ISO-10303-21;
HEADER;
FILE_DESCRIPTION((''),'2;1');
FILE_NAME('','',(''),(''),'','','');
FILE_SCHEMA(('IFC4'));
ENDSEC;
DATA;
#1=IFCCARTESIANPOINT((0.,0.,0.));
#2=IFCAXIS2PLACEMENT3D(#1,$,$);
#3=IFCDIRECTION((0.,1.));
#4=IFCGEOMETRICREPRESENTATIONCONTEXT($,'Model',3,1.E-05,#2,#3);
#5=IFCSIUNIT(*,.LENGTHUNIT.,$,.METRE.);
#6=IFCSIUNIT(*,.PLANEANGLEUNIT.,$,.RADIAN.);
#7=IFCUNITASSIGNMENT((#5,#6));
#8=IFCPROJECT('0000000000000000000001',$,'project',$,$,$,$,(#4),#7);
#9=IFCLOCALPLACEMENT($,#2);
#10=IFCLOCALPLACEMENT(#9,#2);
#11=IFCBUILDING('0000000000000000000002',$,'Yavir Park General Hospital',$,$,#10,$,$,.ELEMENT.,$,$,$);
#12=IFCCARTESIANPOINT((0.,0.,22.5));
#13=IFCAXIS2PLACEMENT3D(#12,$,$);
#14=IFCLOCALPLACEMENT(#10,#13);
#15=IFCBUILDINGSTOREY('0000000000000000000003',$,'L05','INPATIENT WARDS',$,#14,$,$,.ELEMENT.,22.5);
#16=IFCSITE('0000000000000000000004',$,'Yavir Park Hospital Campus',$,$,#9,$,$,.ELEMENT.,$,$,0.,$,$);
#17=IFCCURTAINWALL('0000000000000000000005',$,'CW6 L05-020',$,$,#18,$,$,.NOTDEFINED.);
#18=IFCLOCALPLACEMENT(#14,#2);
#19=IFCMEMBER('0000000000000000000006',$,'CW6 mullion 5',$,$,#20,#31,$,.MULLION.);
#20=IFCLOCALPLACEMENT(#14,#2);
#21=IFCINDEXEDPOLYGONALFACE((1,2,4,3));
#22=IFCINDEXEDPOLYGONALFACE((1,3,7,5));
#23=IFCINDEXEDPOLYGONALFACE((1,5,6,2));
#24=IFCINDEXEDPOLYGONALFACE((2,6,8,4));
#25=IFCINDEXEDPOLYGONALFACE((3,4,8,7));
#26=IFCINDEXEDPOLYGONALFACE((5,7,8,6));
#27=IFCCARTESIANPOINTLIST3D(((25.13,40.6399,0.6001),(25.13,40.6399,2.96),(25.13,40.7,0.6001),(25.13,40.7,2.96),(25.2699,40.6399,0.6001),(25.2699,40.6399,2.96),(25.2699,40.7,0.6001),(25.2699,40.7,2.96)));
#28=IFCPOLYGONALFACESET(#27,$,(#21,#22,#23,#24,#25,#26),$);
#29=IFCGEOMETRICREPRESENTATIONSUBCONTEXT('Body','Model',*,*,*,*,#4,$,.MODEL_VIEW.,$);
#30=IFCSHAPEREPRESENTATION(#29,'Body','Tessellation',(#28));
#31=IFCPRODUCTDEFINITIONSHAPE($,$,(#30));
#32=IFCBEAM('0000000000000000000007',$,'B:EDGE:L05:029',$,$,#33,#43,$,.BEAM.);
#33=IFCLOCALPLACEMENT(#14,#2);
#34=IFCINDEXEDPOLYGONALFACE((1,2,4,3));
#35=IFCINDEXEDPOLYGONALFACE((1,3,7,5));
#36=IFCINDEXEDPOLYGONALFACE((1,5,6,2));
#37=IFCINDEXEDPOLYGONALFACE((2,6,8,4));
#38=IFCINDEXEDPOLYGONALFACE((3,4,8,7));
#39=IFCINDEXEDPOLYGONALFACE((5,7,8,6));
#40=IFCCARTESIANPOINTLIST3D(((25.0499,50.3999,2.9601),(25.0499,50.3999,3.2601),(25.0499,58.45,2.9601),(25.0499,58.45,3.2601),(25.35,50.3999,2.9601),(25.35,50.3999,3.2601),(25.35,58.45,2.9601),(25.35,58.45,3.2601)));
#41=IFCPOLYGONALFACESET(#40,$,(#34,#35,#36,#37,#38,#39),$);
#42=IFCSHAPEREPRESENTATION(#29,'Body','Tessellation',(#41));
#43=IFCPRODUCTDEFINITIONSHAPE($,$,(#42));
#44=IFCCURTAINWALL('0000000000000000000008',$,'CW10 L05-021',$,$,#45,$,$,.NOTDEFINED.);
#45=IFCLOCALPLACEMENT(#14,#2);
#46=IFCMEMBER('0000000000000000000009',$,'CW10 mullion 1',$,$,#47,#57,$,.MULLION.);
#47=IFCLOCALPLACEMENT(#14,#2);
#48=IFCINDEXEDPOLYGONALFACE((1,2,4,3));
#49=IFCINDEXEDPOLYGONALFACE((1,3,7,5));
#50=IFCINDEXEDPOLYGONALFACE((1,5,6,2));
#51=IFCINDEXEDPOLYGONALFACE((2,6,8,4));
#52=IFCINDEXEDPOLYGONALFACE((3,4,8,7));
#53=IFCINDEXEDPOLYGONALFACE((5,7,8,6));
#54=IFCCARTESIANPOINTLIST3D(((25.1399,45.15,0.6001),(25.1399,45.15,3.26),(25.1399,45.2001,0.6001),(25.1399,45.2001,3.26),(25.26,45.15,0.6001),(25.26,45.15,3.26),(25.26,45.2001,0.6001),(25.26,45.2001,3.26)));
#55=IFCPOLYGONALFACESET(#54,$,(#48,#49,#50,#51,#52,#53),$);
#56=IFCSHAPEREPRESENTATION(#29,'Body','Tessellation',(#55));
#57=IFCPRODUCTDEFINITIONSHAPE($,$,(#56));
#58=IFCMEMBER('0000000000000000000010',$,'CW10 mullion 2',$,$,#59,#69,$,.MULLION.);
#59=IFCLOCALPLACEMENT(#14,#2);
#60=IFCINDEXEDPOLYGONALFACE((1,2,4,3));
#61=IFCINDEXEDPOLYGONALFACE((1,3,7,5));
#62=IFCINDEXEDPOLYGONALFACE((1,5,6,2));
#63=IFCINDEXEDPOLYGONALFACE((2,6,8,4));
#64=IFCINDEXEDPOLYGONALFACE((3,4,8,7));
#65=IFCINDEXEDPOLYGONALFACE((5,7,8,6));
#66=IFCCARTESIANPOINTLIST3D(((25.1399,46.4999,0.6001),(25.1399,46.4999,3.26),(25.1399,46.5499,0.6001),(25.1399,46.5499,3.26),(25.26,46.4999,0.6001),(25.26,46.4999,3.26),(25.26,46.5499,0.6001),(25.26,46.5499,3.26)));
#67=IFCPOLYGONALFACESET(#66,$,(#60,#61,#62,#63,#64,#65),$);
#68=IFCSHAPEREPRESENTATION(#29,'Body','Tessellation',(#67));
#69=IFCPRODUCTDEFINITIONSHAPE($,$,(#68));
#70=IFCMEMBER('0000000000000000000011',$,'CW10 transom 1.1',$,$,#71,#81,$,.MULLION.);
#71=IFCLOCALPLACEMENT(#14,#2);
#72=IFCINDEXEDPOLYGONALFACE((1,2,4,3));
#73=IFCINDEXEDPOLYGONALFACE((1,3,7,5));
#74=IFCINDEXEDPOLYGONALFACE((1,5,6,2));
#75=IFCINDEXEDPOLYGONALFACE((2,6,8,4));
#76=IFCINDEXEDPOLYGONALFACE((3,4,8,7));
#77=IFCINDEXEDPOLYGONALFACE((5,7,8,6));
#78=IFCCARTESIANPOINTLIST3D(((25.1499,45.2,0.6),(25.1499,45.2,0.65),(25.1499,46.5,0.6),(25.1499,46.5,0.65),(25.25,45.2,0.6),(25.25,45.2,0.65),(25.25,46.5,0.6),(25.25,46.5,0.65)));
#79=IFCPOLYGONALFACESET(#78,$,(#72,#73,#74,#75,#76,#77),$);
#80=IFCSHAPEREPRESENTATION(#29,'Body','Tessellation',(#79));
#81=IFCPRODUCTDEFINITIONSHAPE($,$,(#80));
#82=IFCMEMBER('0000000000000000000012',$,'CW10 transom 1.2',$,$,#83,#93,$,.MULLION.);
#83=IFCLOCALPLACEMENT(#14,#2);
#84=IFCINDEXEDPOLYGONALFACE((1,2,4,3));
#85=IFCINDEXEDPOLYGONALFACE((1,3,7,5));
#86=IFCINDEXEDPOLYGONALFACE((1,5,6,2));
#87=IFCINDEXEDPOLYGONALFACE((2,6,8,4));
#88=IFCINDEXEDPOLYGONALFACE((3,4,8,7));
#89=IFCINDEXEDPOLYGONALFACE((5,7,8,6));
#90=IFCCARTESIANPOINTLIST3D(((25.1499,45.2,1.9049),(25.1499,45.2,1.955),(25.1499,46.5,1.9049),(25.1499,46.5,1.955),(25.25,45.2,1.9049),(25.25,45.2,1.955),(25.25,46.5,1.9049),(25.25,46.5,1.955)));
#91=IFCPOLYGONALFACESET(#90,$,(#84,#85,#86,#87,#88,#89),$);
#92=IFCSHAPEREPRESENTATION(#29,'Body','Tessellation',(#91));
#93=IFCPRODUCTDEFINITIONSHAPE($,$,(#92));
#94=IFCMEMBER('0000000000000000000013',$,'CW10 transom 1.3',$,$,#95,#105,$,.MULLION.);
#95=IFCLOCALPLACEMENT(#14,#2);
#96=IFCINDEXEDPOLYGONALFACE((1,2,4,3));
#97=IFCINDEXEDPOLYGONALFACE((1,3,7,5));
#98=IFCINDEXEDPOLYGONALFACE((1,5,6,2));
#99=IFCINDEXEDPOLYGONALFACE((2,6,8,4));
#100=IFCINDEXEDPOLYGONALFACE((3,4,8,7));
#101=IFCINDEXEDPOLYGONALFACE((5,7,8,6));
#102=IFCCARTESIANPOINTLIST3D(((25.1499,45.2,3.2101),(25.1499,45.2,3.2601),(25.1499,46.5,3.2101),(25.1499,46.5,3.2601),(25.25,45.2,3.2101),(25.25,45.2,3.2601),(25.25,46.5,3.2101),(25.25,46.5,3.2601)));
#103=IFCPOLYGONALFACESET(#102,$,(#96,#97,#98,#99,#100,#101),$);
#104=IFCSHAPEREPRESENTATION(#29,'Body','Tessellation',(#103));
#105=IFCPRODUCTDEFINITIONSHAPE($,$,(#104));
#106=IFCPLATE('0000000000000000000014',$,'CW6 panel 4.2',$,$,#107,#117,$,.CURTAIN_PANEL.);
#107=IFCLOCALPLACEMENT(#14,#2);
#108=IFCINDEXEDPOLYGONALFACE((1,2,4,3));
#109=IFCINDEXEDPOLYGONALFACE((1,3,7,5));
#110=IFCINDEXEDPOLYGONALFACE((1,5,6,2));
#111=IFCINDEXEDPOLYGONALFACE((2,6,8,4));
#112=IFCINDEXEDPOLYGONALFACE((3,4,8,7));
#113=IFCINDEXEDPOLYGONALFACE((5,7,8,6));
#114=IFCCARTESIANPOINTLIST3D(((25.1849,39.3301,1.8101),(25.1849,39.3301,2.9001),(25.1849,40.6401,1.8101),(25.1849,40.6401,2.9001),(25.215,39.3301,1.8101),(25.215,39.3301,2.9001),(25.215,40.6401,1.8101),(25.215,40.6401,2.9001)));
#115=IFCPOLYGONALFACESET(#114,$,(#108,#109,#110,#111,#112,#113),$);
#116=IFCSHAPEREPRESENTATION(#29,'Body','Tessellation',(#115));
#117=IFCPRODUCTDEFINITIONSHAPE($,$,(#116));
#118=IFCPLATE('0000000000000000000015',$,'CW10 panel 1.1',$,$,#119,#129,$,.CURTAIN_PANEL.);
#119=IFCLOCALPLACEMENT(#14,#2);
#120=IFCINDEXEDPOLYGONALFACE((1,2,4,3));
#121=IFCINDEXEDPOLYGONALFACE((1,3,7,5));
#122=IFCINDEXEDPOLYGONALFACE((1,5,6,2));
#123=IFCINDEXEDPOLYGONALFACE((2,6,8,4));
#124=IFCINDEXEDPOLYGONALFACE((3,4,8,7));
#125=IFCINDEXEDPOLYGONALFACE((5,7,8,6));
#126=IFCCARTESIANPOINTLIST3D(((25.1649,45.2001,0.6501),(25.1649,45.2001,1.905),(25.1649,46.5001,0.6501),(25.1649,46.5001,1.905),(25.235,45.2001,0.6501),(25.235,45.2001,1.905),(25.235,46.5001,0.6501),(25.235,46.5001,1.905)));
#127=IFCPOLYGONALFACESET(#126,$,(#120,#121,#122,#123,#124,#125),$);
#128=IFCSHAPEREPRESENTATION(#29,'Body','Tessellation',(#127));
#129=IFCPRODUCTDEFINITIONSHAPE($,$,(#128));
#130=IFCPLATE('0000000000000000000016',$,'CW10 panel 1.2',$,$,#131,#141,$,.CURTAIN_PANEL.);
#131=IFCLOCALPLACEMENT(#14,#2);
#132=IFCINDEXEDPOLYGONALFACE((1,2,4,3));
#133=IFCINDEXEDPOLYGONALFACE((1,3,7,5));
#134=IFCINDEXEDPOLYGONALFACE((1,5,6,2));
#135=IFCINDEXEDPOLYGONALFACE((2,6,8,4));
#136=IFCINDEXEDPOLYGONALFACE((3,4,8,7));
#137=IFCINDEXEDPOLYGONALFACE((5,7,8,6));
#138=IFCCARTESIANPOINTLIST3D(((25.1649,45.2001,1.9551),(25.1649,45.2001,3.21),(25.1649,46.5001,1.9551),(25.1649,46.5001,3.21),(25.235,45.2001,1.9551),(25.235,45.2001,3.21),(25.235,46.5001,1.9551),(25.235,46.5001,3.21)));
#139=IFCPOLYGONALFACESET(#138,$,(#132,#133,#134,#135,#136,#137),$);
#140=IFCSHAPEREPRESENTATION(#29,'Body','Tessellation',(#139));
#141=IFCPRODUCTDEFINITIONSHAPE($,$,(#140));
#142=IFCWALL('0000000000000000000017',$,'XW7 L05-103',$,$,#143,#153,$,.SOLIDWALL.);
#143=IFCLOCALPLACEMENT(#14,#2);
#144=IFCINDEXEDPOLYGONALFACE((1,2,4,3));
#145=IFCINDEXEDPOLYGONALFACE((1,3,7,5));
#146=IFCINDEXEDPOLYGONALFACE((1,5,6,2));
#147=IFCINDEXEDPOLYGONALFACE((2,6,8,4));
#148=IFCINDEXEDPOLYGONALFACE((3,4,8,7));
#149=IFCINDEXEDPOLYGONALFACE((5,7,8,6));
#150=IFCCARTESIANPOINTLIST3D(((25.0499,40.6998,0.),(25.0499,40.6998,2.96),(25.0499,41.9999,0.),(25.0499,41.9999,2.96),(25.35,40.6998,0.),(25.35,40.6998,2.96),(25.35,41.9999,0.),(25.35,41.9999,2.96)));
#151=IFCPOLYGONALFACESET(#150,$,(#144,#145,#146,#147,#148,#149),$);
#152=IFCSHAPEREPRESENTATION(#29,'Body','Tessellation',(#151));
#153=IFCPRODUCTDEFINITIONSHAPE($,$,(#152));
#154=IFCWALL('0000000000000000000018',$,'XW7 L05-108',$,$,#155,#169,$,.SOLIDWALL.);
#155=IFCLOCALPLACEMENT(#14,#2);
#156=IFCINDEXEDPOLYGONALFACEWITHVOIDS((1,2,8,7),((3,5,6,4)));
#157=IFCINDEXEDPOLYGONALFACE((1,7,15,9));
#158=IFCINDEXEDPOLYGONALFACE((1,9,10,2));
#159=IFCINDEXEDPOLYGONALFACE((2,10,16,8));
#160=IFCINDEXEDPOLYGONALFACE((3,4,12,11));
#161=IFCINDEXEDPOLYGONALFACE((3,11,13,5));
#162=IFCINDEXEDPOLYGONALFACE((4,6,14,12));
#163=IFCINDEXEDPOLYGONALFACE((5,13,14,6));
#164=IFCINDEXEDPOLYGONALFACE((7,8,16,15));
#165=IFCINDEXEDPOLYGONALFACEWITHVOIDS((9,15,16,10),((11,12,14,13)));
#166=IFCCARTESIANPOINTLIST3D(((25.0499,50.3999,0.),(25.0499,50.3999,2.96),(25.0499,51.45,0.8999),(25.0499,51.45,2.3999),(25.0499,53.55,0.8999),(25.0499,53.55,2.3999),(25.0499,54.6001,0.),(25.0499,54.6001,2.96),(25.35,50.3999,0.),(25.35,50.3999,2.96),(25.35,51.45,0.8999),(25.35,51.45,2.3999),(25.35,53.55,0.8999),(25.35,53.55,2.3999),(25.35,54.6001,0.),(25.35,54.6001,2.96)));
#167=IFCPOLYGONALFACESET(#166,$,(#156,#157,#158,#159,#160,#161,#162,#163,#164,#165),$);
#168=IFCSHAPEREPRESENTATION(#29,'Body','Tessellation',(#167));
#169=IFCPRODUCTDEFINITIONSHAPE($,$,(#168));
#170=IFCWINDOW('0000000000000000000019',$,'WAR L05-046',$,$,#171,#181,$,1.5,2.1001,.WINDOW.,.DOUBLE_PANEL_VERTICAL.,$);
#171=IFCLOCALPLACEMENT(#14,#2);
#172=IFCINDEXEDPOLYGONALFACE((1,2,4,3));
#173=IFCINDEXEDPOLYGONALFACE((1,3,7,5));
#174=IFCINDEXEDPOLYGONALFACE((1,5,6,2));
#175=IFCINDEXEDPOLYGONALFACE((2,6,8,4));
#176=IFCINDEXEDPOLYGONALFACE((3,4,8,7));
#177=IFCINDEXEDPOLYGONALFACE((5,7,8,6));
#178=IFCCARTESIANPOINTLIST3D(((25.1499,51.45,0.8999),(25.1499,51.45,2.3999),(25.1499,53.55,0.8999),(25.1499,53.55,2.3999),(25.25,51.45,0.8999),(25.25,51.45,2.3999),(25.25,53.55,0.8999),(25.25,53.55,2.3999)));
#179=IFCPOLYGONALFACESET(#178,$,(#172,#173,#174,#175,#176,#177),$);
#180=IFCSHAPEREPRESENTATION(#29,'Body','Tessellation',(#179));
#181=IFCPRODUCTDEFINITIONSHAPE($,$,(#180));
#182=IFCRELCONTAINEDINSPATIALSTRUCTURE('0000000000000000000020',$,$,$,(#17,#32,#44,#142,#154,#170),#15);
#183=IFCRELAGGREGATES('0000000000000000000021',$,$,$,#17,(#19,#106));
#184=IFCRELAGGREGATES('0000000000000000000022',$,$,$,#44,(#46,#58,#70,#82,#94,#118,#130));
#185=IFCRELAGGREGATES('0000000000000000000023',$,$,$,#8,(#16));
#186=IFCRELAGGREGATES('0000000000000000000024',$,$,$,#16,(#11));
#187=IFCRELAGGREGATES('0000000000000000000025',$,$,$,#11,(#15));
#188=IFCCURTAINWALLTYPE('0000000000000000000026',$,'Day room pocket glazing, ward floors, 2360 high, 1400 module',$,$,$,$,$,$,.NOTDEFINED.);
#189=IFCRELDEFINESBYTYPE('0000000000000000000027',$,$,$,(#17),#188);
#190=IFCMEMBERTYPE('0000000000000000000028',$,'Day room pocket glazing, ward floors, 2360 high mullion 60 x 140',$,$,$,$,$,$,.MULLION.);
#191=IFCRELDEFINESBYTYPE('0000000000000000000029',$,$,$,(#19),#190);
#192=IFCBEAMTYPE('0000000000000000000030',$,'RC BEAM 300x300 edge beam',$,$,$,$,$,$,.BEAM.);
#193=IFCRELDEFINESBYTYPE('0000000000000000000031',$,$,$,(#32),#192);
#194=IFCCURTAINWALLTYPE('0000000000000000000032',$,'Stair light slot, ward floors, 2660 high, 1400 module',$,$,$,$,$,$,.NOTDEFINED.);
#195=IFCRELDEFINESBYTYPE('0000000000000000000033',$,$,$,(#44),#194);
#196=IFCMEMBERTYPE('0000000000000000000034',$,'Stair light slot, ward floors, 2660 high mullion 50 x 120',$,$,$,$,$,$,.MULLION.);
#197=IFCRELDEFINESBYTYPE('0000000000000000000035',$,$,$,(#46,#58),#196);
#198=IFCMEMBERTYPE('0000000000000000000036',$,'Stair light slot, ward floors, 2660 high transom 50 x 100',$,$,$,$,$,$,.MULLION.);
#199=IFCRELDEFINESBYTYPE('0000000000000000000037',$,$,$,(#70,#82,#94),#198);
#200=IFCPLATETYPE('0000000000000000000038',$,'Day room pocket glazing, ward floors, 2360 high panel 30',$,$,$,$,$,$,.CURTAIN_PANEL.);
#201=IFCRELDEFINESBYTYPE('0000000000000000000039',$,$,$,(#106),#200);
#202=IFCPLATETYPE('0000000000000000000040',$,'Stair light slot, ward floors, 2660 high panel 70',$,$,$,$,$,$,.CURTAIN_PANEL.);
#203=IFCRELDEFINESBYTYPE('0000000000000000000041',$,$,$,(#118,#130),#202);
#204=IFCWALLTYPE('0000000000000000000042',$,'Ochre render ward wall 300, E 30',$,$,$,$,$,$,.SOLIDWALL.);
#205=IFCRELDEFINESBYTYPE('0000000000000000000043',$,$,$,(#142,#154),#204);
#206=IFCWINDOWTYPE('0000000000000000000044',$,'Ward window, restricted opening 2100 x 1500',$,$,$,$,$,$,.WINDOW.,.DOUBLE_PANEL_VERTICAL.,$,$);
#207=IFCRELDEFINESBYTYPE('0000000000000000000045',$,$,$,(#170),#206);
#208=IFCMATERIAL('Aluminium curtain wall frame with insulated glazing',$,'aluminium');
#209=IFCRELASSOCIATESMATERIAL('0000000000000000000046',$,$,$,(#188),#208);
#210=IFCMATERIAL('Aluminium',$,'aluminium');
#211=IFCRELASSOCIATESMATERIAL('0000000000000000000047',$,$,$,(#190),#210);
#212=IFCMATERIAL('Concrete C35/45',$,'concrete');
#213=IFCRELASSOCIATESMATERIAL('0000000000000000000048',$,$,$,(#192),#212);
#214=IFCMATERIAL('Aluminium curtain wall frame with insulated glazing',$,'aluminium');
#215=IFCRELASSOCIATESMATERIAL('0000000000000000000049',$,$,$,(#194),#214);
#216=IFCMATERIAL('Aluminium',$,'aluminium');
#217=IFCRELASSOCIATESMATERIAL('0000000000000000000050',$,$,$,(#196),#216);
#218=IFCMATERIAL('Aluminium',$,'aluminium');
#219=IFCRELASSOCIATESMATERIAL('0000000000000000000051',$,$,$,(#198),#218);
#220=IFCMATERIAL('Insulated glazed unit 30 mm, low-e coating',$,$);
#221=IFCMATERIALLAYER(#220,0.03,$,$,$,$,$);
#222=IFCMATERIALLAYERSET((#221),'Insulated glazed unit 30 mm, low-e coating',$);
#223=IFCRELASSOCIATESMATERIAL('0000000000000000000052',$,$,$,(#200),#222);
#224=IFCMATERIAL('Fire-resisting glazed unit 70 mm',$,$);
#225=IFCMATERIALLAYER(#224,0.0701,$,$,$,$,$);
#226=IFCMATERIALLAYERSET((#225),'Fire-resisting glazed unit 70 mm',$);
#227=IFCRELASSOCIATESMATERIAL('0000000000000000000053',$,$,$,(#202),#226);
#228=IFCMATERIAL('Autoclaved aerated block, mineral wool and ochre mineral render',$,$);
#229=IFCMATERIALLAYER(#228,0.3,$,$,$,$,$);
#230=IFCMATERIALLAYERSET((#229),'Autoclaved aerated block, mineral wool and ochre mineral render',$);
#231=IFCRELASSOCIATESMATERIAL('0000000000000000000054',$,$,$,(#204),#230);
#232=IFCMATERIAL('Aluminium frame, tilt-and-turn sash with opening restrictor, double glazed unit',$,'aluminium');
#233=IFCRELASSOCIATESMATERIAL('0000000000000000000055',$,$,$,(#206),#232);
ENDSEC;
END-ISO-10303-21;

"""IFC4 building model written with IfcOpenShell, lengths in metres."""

from ifc_helpers import new_model, si_unit, direction, frame, frame_2d, origin, origin_2d, place, context, subcontext, project, spatial, rectangle, extrude, material, layer, layer_set, material_profile, profile_set, type_object, element, fill, aggregate, save


model = new_model("IFC4")

# Units and contexts
model_context = context("Model", 3, precision=1e-05, world=origin(), true_north=direction((0.0, 1.0)))
body_context = subcontext(model_context, "Body", "Model", "MODEL_VIEW")
ifc_project = project(units=[si_unit("LENGTHUNIT", "METRE"), si_unit("PLANEANGLEUNIT", "RADIAN")], contexts=[model_context])

# Site, building, storey
site_placement = place(None, origin())
site = spatial("IfcSite", under=ifc_project, at=site_placement, Name="Yavir Park Hospital Campus", CompositionType="ELEMENT", RefElevation=0.0)
building_placement = place(site_placement, origin())
building = spatial("IfcBuilding", under=site, at=building_placement, Name="Yavir Park General Hospital", CompositionType="ELEMENT")
storey_placement = place(building_placement, frame((0.0, 0.0, 22.5)))
storey = spatial("IfcBuildingStorey", under=building, at=storey_placement, Name="L05", Description="INPATIENT WARDS", CompositionType="ELEMENT", Elevation=22.5)

# Curtain wall, member
ifc_material_1 = material(Name="Aluminium curtain wall frame with insulated glazing", Category="aluminium")
curtain_wall_type_1 = type_object("IfcCurtainWallType", Name="Day room pocket glazing, ward floors, 2360 high, 1400 module", PredefinedType="NOTDEFINED", material=ifc_material_1)
curtain_wall_1_placement = place(storey_placement, origin())
curtain_wall_1 = element("IfcCurtainWall", 1, at=curtain_wall_1_placement, inside=storey, type_object=curtain_wall_type_1, Name="CW6 L05-020", PredefinedType="NOTDEFINED")
ifc_material_2 = material(Name="Aluminium", Category="aluminium")
ifc_material_profile_1 = material_profile(ifc_material_2, rectangle(XDim=0.1399, YDim=0.0601, at=origin_2d()), Name="AL 60x140")
ifc_profile_set_1 = profile_set([ifc_material_profile_1], Name="Aluminium")
member_type_1 = type_object("IfcMemberType", Name="Day room pocket glazing, ward floors, 2360 high mullion 60 x 140", PredefinedType="MULLION", material=ifc_profile_set_1)
member_1_placement = place(storey_placement, frame((25.2, 40.6699, 0.6001), z_axis=(0.0, 0.0, 1.0), x_axis=(-1.0, 0.0, 0.0)))
member_1 = element("IfcMember", 2, at=member_1_placement, type_object=member_type_1, Name="CW6 mullion 5", PredefinedType="MULLION", context=body_context, shape_type="SweptSolid", body=[
    extrude(rectangle(XDim=0.1399, YDim=0.0601, at=origin_2d()), origin(), (0.0, 0.0, 1.0), 2.3599),
])

# Beam
ifc_material_3 = material(Name="Concrete C35/45", Category="concrete")
ifc_material_profile_2 = material_profile(ifc_material_3, rectangle(XDim=0.3, YDim=0.3, at=origin_2d()), Name="RC300x300")
ifc_profile_set_2 = profile_set([ifc_material_profile_2], Name="Concrete C35/45")
beam_type = type_object("IfcBeamType", Name="RC BEAM 300x300 edge beam", PredefinedType="BEAM", material=ifc_profile_set_2)
beam_placement = place(storey_placement, frame((25.2, 50.3999, 3.1101), z_axis=(0.0, 1.0, 0.0), x_axis=(-1.0, 0.0, 0.0)))
element("IfcBeam", 3, at=beam_placement, inside=storey, type_object=beam_type, Name="B:EDGE:L05:029", PredefinedType="BEAM", context=body_context, shape_type="SweptSolid", body=[
    extrude(rectangle(XDim=0.3, YDim=0.3, at=origin_2d()), origin(), (0.0, 0.0, 1.0), 8.05),
])

# Curtain wall, members
ifc_material_4 = material(Name="Aluminium curtain wall frame with insulated glazing", Category="aluminium")
curtain_wall_type_2 = type_object("IfcCurtainWallType", Name="Stair light slot, ward floors, 2660 high, 1400 module", PredefinedType="NOTDEFINED", material=ifc_material_4)
curtain_wall_2_placement = place(storey_placement, origin())
curtain_wall_2 = element("IfcCurtainWall", 4, at=curtain_wall_2_placement, inside=storey, type_object=curtain_wall_type_2, Name="CW10 L05-021", PredefinedType="NOTDEFINED")
ifc_material_5 = material(Name="Aluminium", Category="aluminium")
ifc_material_profile_3 = material_profile(ifc_material_5, rectangle(XDim=0.1201, YDim=0.05, at=origin_2d()), Name="AL 50x120")
ifc_profile_set_3 = profile_set([ifc_material_profile_3], Name="Aluminium")
member_type_2 = type_object("IfcMemberType", Name="Stair light slot, ward floors, 2660 high mullion 50 x 120", PredefinedType="MULLION", material=ifc_profile_set_3)
member_2_placement = place(storey_placement, frame((25.2, 45.175, 0.6001), z_axis=(0.0, 0.0, 1.0), x_axis=(-1.0, 0.0, 0.0)))
member_2 = element("IfcMember", 5, at=member_2_placement, type_object=member_type_2, Name="CW10 mullion 1", PredefinedType="MULLION", context=body_context, shape_type="SweptSolid", body=[
    extrude(rectangle(XDim=0.1201, YDim=0.05, at=origin_2d()), origin(), (0.0, 0.0, 1.0), 2.6599),
])
member_3_placement = place(storey_placement, frame((25.2, 46.5249, 0.6001), z_axis=(0.0, 0.0, 1.0), x_axis=(-1.0, 0.0, 0.0)))
member_3 = element("IfcMember", 6, at=member_3_placement, type_object=member_type_2, Name="CW10 mullion 2", PredefinedType="MULLION", context=body_context, shape_type="SweptSolid", body=[
    extrude(rectangle(XDim=0.1201, YDim=0.05, at=origin_2d()), origin(), (0.0, 0.0, 1.0), 2.6599),
])
ifc_material_6 = material(Name="Aluminium", Category="aluminium")
ifc_material_profile_4 = material_profile(ifc_material_6, rectangle(XDim=0.1001, YDim=0.05, at=origin_2d()), Name="AL 100x50")
ifc_profile_set_4 = profile_set([ifc_material_profile_4], Name="Aluminium")
member_type_3 = type_object("IfcMemberType", Name="Stair light slot, ward floors, 2660 high transom 50 x 100", PredefinedType="MULLION", material=ifc_profile_set_4)
member_4_placement = place(storey_placement, frame((25.2, 45.2, 0.625), z_axis=(0.0, 1.0, 0.0), x_axis=(-1.0, 0.0, 0.0)))
member_4 = element("IfcMember", 7, at=member_4_placement, type_object=member_type_3, Name="CW10 transom 1.1", PredefinedType="MULLION", context=body_context, shape_type="SweptSolid", body=[
    extrude(rectangle(XDim=0.1001, YDim=0.05, at=origin_2d()), origin(), (0.0, 0.0, 1.0), 1.3),
])
member_5_placement = place(storey_placement, frame((25.2, 45.2, 1.9299), z_axis=(0.0, 1.0, 0.0), x_axis=(-1.0, 0.0, 0.0)))
member_5 = element("IfcMember", 8, at=member_5_placement, type_object=member_type_3, Name="CW10 transom 1.2", PredefinedType="MULLION", context=body_context, shape_type="SweptSolid", body=[
    extrude(rectangle(XDim=0.1001, YDim=0.05, at=origin_2d()), origin(), (0.0, 0.0, 1.0), 1.3),
])
member_6_placement = place(storey_placement, frame((25.2, 45.2, 3.2351), z_axis=(0.0, 1.0, 0.0), x_axis=(-1.0, 0.0, 0.0)))
member_6 = element("IfcMember", 9, at=member_6_placement, type_object=member_type_3, Name="CW10 transom 1.3", PredefinedType="MULLION", context=body_context, shape_type="SweptSolid", body=[
    extrude(rectangle(XDim=0.1001, YDim=0.05, at=origin_2d()), origin(), (0.0, 0.0, 1.0), 1.3),
])

# Plates
ifc_material_7 = material(Name="Insulated glazed unit 30 mm, low-e coating")
ifc_layer_1 = layer(ifc_material_7, 0.03)
ifc_layer_set_1 = layer_set([ifc_layer_1], Name="Insulated glazed unit 30 mm, low-e coating")
plate_type_1 = type_object("IfcPlateType", Name="Day room pocket glazing, ward floors, 2360 high panel 30", PredefinedType="CURTAIN_PANEL", material=ifc_layer_set_1)
plate_1_placement = place(storey_placement, frame((25.2, 39.9851, 1.8101), z_axis=(0.0, 0.0, 1.0), x_axis=(0.0, 1.0, 0.0)))
plate_1 = element("IfcPlate", 10, at=plate_1_placement, type_object=plate_type_1, Name="CW6 panel 4.2", PredefinedType="CURTAIN_PANEL", context=body_context, shape_type="SweptSolid", body=[
    extrude(rectangle(XDim=1.3101, YDim=0.03, at=origin_2d()), origin(), (0.0, 0.0, 1.0), 1.0901),
])
aggregate(curtain_wall_1, [member_1, plate_1])
ifc_material_8 = material(Name="Fire-resisting glazed unit 70 mm")
ifc_layer_2 = layer(ifc_material_8, 0.0701)
ifc_layer_set_2 = layer_set([ifc_layer_2], Name="Fire-resisting glazed unit 70 mm")
plate_type_2 = type_object("IfcPlateType", Name="Stair light slot, ward floors, 2660 high panel 70", PredefinedType="CURTAIN_PANEL", material=ifc_layer_set_2)
plate_2_placement = place(storey_placement, frame((25.2, 45.8501, 0.6501), z_axis=(0.0, 0.0, 1.0), x_axis=(0.0, 1.0, 0.0)))
plate_2 = element("IfcPlate", 11, at=plate_2_placement, type_object=plate_type_2, Name="CW10 panel 1.1", PredefinedType="CURTAIN_PANEL", context=body_context, shape_type="SweptSolid", body=[
    extrude(rectangle(XDim=1.3, YDim=0.0701, at=origin_2d()), origin(), (0.0, 0.0, 1.0), 1.2549),
])
plate_3_placement = place(storey_placement, frame((25.2, 45.8501, 1.9551), z_axis=(0.0, 0.0, 1.0), x_axis=(0.0, 1.0, 0.0)))
plate_3 = element("IfcPlate", 12, at=plate_3_placement, type_object=plate_type_2, Name="CW10 panel 1.2", PredefinedType="CURTAIN_PANEL", context=body_context, shape_type="SweptSolid", body=[
    extrude(rectangle(XDim=1.3, YDim=0.0701, at=origin_2d()), origin(), (0.0, 0.0, 1.0), 1.2549),
])
aggregate(curtain_wall_2, [member_2, member_3, member_4, member_5, member_6, plate_2, plate_3])

# Wall
ifc_material_9 = material(Name="Autoclaved aerated block, mineral wool and ochre mineral render")
ifc_layer_3 = layer(ifc_material_9, 0.3)
ifc_layer_set_3 = layer_set([ifc_layer_3], Name="Autoclaved aerated block, mineral wool and ochre mineral render")
wall_type = type_object("IfcWallType", Name="Ochre render ward wall 300, E 30", PredefinedType="SOLIDWALL", material=ifc_layer_set_3)
wall_1_placement = place(storey_placement, frame((25.2, 40.7, 0.0), z_axis=(0.0, 0.0, 1.0), x_axis=(0.0, 1.0, 0.0)))
element("IfcWall", 13, at=wall_1_placement, inside=storey, type_object=wall_type, Name="XW7 L05-103", PredefinedType="SOLIDWALL", context=body_context, shape_type="SweptSolid", body=[
    extrude(rectangle(XDim=1.3, YDim=0.3, at=frame_2d((0.6499, 0.0))), origin(), (0.0, 0.0, 1.0), 2.96),
])

# Wall, opening, window
wall_2_placement = place(storey_placement, frame((25.2, 50.3999, 0.0), z_axis=(0.0, 0.0, 1.0), x_axis=(0.0, 1.0, 0.0)))
wall_2 = element("IfcWall", 14, at=wall_2_placement, inside=storey, type_object=wall_type, Name="XW7 L05-108", PredefinedType="SOLIDWALL", context=body_context, shape_type="SweptSolid", body=[
    extrude(rectangle(XDim=4.2002, YDim=0.3, at=frame_2d((2.1001, 0.0))), origin(), (0.0, 0.0, 1.0), 2.96),
])
opening_placement = place(wall_2_placement, frame((1.05, 0.0, 0.8999)))
opening = element("IfcOpeningElement", 15, at=opening_placement, cuts=wall_2, PredefinedType="OPENING", context=body_context, shape_type="SweptSolid", body=[
    extrude(rectangle(XDim=2.1001, YDim=1.5, at=frame_2d((1.05, 0.75))), frame((0.0, 0.1599, 0.0), z_axis=(0.0, -1.0, 0.0), x_axis=(1.0, 0.0, 0.0)), (0.0, 0.0, 1.0), 0.3201),
])
ifc_material_10 = material(Name="Aluminium frame, tilt-and-turn sash with opening restrictor, double glazed unit", Category="aluminium")
window_type = type_object("IfcWindowType", Name="Ward window, restricted opening 2100 x 1500", PartitioningType="DOUBLE_PANEL_VERTICAL", PredefinedType="WINDOW", material=ifc_material_10)
window_placement = place(opening_placement, origin())
window = element("IfcWindow", 16, at=window_placement, inside=storey, type_object=window_type, Name="WAR L05-046", OverallHeight=1.5, OverallWidth=2.1001, PartitioningType="DOUBLE_PANEL_VERTICAL", PredefinedType="WINDOW", context=body_context, shape_type="SweptSolid", body=[
    extrude(rectangle(XDim=2.1001, YDim=1.5, at=frame_2d((1.05, 0.75))), frame((0.0, 0.05, 0.0), z_axis=(0.0, -1.0, 0.0), x_axis=(1.0, 0.0, 0.0)), (0.0, 0.0, 1.0), 0.1001),
])
fill(opening, window)

save(model, "model.ifc")
